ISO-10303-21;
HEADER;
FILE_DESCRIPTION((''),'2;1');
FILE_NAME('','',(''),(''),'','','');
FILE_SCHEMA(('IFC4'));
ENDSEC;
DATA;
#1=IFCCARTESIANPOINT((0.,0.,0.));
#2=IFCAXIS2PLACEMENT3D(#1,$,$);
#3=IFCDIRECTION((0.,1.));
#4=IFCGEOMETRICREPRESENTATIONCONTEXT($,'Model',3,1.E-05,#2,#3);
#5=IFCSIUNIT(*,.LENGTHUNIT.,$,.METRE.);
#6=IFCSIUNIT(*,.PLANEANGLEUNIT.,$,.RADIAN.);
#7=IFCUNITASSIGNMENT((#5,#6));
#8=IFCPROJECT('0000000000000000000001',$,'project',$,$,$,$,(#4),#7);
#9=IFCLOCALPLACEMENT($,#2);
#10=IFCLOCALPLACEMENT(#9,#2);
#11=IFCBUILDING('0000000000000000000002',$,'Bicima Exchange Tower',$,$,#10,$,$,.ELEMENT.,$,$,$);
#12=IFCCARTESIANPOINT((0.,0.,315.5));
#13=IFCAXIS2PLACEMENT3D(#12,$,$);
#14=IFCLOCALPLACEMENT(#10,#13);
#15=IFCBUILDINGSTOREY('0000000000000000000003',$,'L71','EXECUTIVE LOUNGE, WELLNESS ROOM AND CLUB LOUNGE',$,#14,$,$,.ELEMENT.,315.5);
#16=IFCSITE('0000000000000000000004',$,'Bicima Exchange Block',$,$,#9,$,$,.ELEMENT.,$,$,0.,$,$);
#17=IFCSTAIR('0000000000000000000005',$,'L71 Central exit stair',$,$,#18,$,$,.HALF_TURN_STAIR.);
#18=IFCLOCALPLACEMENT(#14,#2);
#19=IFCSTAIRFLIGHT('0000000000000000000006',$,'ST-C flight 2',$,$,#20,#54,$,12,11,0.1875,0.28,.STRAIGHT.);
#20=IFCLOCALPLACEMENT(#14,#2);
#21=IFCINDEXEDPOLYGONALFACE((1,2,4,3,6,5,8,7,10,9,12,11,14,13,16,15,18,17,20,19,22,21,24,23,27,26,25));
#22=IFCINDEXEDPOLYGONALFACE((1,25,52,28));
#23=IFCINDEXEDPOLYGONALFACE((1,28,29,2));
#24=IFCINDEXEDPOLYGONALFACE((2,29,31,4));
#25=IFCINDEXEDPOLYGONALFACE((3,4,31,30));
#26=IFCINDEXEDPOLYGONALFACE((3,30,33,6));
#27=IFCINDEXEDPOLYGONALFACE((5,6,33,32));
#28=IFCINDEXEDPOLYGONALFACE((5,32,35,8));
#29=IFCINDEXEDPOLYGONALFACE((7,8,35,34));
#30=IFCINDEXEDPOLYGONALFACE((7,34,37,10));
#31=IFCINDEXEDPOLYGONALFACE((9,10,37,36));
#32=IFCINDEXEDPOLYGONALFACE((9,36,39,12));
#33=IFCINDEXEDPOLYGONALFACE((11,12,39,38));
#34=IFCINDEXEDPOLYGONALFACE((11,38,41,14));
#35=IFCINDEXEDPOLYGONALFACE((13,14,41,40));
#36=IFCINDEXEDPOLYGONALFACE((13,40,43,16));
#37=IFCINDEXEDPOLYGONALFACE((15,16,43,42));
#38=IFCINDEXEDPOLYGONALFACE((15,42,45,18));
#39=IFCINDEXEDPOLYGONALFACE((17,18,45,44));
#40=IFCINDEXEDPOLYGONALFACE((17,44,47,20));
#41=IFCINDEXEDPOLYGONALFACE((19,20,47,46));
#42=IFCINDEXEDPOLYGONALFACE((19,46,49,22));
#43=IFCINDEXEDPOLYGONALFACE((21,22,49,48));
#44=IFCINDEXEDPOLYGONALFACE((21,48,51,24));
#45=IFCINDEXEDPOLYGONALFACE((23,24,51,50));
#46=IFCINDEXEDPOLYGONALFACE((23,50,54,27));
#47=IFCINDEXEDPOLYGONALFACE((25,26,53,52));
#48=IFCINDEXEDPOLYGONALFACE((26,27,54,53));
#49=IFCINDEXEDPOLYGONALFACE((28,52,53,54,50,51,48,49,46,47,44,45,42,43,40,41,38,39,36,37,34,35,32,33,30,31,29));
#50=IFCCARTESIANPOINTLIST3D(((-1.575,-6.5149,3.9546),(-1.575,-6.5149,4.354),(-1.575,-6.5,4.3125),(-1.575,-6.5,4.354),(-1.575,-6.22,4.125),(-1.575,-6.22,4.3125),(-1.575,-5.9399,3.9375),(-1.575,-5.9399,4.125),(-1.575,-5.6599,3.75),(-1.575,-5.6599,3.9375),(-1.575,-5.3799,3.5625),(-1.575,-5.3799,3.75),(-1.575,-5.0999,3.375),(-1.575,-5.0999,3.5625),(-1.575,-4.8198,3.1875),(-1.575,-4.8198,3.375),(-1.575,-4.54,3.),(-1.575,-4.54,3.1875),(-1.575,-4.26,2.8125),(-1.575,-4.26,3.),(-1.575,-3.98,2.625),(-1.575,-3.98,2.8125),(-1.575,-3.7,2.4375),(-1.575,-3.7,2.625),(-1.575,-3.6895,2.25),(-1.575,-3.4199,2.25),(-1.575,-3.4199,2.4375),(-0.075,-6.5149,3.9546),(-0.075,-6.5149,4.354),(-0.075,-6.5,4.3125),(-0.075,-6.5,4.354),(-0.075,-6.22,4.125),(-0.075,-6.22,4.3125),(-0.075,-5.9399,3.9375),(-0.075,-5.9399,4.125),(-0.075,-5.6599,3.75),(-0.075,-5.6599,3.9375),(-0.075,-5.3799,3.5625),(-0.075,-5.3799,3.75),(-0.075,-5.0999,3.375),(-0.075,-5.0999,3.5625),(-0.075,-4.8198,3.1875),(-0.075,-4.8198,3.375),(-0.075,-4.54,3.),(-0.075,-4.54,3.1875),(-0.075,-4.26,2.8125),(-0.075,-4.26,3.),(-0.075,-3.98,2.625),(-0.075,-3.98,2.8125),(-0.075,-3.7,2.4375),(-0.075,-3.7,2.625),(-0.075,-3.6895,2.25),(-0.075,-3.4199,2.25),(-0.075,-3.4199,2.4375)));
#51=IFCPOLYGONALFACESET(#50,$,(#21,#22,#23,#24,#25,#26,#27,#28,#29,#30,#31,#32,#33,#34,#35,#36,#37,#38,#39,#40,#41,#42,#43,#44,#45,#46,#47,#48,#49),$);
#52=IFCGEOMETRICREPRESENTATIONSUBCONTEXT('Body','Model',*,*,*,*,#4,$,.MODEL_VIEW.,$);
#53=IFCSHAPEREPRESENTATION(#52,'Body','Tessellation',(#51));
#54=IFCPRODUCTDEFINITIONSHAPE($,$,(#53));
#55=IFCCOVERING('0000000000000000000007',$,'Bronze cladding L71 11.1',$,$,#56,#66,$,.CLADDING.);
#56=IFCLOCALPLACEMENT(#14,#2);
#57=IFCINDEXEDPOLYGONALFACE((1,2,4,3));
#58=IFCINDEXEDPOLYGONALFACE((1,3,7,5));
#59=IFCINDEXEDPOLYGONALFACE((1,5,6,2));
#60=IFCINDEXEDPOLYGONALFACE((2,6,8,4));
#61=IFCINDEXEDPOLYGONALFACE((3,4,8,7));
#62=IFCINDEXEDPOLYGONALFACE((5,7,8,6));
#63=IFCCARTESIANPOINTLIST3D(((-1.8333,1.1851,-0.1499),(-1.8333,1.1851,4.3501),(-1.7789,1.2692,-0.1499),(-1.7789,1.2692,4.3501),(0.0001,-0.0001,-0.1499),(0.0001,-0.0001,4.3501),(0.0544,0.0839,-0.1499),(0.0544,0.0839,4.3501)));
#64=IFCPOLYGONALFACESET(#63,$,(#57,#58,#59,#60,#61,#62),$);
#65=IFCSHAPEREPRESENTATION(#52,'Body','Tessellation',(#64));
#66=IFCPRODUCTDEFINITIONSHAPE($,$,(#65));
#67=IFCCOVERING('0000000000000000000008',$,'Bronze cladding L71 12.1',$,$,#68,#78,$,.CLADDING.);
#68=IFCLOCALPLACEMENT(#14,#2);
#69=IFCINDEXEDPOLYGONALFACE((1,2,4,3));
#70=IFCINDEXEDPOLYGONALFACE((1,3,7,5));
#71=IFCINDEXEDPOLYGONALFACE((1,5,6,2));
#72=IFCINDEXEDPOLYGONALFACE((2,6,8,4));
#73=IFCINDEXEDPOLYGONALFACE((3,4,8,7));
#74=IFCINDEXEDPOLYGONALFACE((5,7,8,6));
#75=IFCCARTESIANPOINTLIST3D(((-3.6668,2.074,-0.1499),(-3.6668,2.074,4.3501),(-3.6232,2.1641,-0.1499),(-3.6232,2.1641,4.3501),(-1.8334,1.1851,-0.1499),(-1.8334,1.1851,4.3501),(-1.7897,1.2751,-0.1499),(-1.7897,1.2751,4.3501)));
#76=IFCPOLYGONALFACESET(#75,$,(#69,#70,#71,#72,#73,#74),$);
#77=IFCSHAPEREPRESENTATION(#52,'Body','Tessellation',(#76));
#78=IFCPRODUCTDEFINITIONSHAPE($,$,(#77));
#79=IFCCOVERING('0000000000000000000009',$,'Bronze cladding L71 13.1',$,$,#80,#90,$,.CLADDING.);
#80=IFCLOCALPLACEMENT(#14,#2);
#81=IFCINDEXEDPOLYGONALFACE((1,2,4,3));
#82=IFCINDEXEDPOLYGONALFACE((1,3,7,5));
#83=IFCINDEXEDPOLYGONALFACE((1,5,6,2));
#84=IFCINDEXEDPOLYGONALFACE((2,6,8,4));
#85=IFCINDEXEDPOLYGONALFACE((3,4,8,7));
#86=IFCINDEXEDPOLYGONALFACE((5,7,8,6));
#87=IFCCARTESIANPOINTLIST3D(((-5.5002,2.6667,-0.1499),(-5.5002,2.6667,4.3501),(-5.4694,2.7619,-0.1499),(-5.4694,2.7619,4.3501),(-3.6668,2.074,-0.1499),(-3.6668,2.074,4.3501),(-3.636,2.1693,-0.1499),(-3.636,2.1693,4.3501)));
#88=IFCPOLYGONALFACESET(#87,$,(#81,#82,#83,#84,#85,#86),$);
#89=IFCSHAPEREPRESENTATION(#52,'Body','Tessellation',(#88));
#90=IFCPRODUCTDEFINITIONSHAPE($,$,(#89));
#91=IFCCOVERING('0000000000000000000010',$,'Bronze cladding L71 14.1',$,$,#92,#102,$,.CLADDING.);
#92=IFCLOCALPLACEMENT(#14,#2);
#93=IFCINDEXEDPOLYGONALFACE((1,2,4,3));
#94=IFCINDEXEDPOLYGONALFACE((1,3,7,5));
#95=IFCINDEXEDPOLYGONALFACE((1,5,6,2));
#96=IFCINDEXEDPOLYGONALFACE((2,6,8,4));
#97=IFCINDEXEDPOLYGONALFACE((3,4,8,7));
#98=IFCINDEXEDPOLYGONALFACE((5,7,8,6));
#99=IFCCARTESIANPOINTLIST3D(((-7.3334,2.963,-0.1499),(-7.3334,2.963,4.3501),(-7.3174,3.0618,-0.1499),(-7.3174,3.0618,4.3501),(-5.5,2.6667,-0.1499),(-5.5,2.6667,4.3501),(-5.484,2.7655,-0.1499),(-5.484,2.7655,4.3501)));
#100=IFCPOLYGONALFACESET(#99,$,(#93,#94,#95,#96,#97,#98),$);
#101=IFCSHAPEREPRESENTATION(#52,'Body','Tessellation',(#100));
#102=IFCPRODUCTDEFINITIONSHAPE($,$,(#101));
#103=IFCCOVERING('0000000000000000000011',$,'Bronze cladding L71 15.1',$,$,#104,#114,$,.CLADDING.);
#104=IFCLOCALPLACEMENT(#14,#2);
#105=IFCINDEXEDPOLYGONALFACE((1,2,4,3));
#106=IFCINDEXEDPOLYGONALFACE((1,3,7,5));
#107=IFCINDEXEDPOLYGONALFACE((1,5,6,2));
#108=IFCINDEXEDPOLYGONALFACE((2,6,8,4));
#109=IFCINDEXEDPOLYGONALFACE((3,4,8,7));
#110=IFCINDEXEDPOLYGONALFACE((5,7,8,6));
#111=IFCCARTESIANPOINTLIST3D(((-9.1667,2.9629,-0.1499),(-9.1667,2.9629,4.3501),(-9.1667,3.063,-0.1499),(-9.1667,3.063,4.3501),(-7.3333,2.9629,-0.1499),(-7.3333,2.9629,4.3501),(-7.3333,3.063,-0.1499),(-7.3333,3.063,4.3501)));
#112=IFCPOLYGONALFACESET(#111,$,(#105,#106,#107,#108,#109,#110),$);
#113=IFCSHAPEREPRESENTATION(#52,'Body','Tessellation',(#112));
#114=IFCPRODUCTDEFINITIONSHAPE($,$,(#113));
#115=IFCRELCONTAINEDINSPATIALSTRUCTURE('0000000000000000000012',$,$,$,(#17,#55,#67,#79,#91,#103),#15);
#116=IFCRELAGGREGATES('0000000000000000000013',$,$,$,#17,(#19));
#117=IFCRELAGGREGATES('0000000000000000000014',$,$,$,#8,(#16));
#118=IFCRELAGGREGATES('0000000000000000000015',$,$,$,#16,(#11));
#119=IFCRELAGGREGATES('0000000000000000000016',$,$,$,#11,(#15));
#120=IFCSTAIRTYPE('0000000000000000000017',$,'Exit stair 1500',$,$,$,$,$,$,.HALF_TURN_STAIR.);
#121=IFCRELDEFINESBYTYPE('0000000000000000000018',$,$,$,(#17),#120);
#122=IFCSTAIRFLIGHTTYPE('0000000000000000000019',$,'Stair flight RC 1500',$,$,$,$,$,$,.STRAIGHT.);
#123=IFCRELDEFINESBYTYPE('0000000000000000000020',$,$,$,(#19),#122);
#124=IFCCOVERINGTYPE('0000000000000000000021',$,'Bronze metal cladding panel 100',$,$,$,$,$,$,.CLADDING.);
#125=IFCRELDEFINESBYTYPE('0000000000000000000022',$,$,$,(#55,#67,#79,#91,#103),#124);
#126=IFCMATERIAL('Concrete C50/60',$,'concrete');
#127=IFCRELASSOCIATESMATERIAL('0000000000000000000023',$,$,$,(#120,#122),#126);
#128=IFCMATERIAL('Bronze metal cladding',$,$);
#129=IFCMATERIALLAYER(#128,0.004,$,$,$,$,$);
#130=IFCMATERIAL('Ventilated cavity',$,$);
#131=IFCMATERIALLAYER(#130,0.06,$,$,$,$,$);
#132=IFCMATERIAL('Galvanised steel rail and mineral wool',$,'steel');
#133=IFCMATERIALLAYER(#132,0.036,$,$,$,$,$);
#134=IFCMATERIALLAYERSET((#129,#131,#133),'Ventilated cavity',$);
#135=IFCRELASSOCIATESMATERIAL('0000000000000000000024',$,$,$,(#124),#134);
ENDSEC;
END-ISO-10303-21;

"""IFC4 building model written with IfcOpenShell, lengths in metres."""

from ifc_helpers import new_model, si_unit, direction, frame, origin, origin_2d, place, context, subcontext, project, spatial, polyline, rectangle, outline, extrude, material, layer, layer_set, type_object, element, aggregate, save


model = new_model("IFC4")

# Units and contexts
model_context = context("Model", 3, precision=1e-05, world=origin(), true_north=direction((0.0, 1.0)))
body_context = subcontext(model_context, "Body", "Model", "MODEL_VIEW")
ifc_project = project(units=[si_unit("LENGTHUNIT", "METRE"), si_unit("PLANEANGLEUNIT", "RADIAN")], contexts=[model_context])

# Site, building, storey
site_placement = place(None, origin())
site = spatial("IfcSite", under=ifc_project, at=site_placement, Name="Bicima Exchange Block", CompositionType="ELEMENT", RefElevation=0.0)
building_placement = place(site_placement, origin())
building = spatial("IfcBuilding", under=site, at=building_placement, Name="Bicima Exchange Tower", CompositionType="ELEMENT")
storey_placement = place(building_placement, frame((0.0, 0.0, 315.5)))
storey = spatial("IfcBuildingStorey", under=building, at=storey_placement, Name="L71", Description="EXECUTIVE LOUNGE, WELLNESS ROOM AND CLUB LOUNGE", CompositionType="ELEMENT", Elevation=315.5)

# Shared definitions
ifc_material_1 = material(Name="Concrete C50/60", Category="concrete")

# Stair, stair flight
stair_type = type_object("IfcStairType", Name="Exit stair 1500", PredefinedType="HALF_TURN_STAIR", material=ifc_material_1)
stair_placement = place(storey_placement, origin())
stair = element("IfcStair", 1, at=stair_placement, inside=storey, type_object=stair_type, Name="L71 Central exit stair", PredefinedType="HALF_TURN_STAIR")
stair_flight_type = type_object("IfcStairFlightType", Name="Stair flight RC 1500", PredefinedType="STRAIGHT", material=ifc_material_1)
stair_flight_placement = place(storey_placement, frame((-0.825, -3.4199, 2.25), z_axis=(0.0, 0.0, 1.0), x_axis=(0.0, -1.0, 0.0)))
stair_flight = element("IfcStairFlight", 2, at=stair_flight_placement, type_object=stair_flight_type, Name="ST-C flight 2", NumberOfRisers=12, NumberOfTreads=11, PredefinedType="STRAIGHT", RiserHeight=0.1875, TreadLength=0.28, context=body_context, shape_type="SweptSolid", body=[
    extrude(outline(polyline([(0.0, 0.0), (0.0, 0.1875), (0.28, 0.1875), (0.28, 0.375), (0.5601, 0.375), (0.5601, 0.5625), (0.8401, 0.5625), (0.8401, 0.75), (1.1201, 0.75), (1.1201, 0.9375), (1.3999, 0.9375), (1.3999, 1.125), (1.6799, 1.125), (1.6799, 1.3125), (1.96, 1.3125), (1.96, 1.5), (2.24, 1.5), (2.24, 1.6875), (2.52, 1.6875), (2.52, 1.875), (2.8, 1.875), (2.8, 2.0625), (3.0801, 2.0625), (3.0801, 2.104), (3.095, 2.104), (3.095, 1.7046), (0.2695, 0.0), (0.0, 0.0)])), frame((0.0, 0.75, 0.0), z_axis=(0.0, -1.0, 0.0), x_axis=(1.0, 0.0, 0.0)), (0.0, 0.0, 1.0), 1.5),
])
aggregate(stair, [stair_flight])

# Coverings
ifc_material_2 = material(Name="Bronze metal cladding")
ifc_layer_1 = layer(ifc_material_2, 0.004)
ifc_material_3 = material(Name="Ventilated cavity")
ifc_layer_2 = layer(ifc_material_3, 0.06)
ifc_material_4 = material(Name="Galvanised steel rail and mineral wool", Category="steel")
ifc_layer_3 = layer(ifc_material_4, 0.036)
ifc_layer_set_1 = layer_set([ifc_layer_1, ifc_layer_2, ifc_layer_3], Name="Ventilated cavity")
covering_type = type_object("IfcCoveringType", Name="Bronze metal cladding panel 100", PredefinedType="CLADDING", material=ifc_layer_set_1)
covering_1_placement = place(storey_placement, frame((-0.8894, 0.6345, -0.1499), z_axis=(0.0, 0.0, 1.0), x_axis=(-0.83979, 0.542911, 0.0)))
element("IfcCovering", 3, at=covering_1_placement, inside=storey, type_object=covering_type, Name="Bronze cladding L71 11.1", PredefinedType="CLADDING", context=body_context, shape_type="SweptSolid", body=[
    extrude(rectangle(XDim=2.1831, YDim=0.1001, at=origin_2d()), origin(), (0.0, 0.0, 1.0), 4.5),
])
covering_2_placement = place(storey_placement, frame((-2.7283, 1.6746, -0.1499), z_axis=(0.0, 0.0, 1.0), x_axis=(-0.899818, 0.436265, 0.0)))
element("IfcCovering", 4, at=covering_2_placement, inside=storey, type_object=covering_type, Name="Bronze cladding L71 12.1", PredefinedType="CLADDING", context=body_context, shape_type="SweptSolid", body=[
    extrude(rectangle(XDim=2.0376, YDim=0.1001, at=origin_2d()), origin(), (0.0, 0.0, 1.0), 4.5),
])
covering_3_placement = place(storey_placement, frame((-4.5681, 2.418, -0.1499), z_axis=(0.0, 0.0, 1.0), x_axis=(-0.951525, 0.307573, 0.0)))
element("IfcCovering", 5, at=covering_3_placement, inside=storey, type_object=covering_type, Name="Bronze cladding L71 13.1", PredefinedType="CLADDING", context=body_context, shape_type="SweptSolid", body=[
    extrude(rectangle(XDim=1.9268, YDim=0.1001, at=origin_2d()), origin(), (0.0, 0.0, 1.0), 4.5),
])
covering_4_placement = place(storey_placement, frame((-6.4087, 2.8643, -0.1499), z_axis=(0.0, 0.0, 1.0), x_axis=(-0.98719, 0.15955, 0.0)))
element("IfcCovering", 6, at=covering_4_placement, inside=storey, type_object=covering_type, Name="Bronze cladding L71 14.1", PredefinedType="CLADDING", context=body_context, shape_type="SweptSolid", body=[
    extrude(rectangle(XDim=1.8572, YDim=0.1001, at=origin_2d()), origin(), (0.0, 0.0, 1.0), 4.5),
])
covering_5_placement = place(storey_placement, frame((-8.25, 3.0129, -0.1499), z_axis=(0.0, 0.0, 1.0), x_axis=(-1.0, 0.0, 0.0)))
element("IfcCovering", 7, at=covering_5_placement, inside=storey, type_object=covering_type, Name="Bronze cladding L71 15.1", PredefinedType="CLADDING", context=body_context, shape_type="SweptSolid", body=[
    extrude(rectangle(XDim=1.8335, YDim=0.1001, at=origin_2d()), origin(), (0.0, 0.0, 1.0), 4.5),
])

save(model, "model.ifc")
